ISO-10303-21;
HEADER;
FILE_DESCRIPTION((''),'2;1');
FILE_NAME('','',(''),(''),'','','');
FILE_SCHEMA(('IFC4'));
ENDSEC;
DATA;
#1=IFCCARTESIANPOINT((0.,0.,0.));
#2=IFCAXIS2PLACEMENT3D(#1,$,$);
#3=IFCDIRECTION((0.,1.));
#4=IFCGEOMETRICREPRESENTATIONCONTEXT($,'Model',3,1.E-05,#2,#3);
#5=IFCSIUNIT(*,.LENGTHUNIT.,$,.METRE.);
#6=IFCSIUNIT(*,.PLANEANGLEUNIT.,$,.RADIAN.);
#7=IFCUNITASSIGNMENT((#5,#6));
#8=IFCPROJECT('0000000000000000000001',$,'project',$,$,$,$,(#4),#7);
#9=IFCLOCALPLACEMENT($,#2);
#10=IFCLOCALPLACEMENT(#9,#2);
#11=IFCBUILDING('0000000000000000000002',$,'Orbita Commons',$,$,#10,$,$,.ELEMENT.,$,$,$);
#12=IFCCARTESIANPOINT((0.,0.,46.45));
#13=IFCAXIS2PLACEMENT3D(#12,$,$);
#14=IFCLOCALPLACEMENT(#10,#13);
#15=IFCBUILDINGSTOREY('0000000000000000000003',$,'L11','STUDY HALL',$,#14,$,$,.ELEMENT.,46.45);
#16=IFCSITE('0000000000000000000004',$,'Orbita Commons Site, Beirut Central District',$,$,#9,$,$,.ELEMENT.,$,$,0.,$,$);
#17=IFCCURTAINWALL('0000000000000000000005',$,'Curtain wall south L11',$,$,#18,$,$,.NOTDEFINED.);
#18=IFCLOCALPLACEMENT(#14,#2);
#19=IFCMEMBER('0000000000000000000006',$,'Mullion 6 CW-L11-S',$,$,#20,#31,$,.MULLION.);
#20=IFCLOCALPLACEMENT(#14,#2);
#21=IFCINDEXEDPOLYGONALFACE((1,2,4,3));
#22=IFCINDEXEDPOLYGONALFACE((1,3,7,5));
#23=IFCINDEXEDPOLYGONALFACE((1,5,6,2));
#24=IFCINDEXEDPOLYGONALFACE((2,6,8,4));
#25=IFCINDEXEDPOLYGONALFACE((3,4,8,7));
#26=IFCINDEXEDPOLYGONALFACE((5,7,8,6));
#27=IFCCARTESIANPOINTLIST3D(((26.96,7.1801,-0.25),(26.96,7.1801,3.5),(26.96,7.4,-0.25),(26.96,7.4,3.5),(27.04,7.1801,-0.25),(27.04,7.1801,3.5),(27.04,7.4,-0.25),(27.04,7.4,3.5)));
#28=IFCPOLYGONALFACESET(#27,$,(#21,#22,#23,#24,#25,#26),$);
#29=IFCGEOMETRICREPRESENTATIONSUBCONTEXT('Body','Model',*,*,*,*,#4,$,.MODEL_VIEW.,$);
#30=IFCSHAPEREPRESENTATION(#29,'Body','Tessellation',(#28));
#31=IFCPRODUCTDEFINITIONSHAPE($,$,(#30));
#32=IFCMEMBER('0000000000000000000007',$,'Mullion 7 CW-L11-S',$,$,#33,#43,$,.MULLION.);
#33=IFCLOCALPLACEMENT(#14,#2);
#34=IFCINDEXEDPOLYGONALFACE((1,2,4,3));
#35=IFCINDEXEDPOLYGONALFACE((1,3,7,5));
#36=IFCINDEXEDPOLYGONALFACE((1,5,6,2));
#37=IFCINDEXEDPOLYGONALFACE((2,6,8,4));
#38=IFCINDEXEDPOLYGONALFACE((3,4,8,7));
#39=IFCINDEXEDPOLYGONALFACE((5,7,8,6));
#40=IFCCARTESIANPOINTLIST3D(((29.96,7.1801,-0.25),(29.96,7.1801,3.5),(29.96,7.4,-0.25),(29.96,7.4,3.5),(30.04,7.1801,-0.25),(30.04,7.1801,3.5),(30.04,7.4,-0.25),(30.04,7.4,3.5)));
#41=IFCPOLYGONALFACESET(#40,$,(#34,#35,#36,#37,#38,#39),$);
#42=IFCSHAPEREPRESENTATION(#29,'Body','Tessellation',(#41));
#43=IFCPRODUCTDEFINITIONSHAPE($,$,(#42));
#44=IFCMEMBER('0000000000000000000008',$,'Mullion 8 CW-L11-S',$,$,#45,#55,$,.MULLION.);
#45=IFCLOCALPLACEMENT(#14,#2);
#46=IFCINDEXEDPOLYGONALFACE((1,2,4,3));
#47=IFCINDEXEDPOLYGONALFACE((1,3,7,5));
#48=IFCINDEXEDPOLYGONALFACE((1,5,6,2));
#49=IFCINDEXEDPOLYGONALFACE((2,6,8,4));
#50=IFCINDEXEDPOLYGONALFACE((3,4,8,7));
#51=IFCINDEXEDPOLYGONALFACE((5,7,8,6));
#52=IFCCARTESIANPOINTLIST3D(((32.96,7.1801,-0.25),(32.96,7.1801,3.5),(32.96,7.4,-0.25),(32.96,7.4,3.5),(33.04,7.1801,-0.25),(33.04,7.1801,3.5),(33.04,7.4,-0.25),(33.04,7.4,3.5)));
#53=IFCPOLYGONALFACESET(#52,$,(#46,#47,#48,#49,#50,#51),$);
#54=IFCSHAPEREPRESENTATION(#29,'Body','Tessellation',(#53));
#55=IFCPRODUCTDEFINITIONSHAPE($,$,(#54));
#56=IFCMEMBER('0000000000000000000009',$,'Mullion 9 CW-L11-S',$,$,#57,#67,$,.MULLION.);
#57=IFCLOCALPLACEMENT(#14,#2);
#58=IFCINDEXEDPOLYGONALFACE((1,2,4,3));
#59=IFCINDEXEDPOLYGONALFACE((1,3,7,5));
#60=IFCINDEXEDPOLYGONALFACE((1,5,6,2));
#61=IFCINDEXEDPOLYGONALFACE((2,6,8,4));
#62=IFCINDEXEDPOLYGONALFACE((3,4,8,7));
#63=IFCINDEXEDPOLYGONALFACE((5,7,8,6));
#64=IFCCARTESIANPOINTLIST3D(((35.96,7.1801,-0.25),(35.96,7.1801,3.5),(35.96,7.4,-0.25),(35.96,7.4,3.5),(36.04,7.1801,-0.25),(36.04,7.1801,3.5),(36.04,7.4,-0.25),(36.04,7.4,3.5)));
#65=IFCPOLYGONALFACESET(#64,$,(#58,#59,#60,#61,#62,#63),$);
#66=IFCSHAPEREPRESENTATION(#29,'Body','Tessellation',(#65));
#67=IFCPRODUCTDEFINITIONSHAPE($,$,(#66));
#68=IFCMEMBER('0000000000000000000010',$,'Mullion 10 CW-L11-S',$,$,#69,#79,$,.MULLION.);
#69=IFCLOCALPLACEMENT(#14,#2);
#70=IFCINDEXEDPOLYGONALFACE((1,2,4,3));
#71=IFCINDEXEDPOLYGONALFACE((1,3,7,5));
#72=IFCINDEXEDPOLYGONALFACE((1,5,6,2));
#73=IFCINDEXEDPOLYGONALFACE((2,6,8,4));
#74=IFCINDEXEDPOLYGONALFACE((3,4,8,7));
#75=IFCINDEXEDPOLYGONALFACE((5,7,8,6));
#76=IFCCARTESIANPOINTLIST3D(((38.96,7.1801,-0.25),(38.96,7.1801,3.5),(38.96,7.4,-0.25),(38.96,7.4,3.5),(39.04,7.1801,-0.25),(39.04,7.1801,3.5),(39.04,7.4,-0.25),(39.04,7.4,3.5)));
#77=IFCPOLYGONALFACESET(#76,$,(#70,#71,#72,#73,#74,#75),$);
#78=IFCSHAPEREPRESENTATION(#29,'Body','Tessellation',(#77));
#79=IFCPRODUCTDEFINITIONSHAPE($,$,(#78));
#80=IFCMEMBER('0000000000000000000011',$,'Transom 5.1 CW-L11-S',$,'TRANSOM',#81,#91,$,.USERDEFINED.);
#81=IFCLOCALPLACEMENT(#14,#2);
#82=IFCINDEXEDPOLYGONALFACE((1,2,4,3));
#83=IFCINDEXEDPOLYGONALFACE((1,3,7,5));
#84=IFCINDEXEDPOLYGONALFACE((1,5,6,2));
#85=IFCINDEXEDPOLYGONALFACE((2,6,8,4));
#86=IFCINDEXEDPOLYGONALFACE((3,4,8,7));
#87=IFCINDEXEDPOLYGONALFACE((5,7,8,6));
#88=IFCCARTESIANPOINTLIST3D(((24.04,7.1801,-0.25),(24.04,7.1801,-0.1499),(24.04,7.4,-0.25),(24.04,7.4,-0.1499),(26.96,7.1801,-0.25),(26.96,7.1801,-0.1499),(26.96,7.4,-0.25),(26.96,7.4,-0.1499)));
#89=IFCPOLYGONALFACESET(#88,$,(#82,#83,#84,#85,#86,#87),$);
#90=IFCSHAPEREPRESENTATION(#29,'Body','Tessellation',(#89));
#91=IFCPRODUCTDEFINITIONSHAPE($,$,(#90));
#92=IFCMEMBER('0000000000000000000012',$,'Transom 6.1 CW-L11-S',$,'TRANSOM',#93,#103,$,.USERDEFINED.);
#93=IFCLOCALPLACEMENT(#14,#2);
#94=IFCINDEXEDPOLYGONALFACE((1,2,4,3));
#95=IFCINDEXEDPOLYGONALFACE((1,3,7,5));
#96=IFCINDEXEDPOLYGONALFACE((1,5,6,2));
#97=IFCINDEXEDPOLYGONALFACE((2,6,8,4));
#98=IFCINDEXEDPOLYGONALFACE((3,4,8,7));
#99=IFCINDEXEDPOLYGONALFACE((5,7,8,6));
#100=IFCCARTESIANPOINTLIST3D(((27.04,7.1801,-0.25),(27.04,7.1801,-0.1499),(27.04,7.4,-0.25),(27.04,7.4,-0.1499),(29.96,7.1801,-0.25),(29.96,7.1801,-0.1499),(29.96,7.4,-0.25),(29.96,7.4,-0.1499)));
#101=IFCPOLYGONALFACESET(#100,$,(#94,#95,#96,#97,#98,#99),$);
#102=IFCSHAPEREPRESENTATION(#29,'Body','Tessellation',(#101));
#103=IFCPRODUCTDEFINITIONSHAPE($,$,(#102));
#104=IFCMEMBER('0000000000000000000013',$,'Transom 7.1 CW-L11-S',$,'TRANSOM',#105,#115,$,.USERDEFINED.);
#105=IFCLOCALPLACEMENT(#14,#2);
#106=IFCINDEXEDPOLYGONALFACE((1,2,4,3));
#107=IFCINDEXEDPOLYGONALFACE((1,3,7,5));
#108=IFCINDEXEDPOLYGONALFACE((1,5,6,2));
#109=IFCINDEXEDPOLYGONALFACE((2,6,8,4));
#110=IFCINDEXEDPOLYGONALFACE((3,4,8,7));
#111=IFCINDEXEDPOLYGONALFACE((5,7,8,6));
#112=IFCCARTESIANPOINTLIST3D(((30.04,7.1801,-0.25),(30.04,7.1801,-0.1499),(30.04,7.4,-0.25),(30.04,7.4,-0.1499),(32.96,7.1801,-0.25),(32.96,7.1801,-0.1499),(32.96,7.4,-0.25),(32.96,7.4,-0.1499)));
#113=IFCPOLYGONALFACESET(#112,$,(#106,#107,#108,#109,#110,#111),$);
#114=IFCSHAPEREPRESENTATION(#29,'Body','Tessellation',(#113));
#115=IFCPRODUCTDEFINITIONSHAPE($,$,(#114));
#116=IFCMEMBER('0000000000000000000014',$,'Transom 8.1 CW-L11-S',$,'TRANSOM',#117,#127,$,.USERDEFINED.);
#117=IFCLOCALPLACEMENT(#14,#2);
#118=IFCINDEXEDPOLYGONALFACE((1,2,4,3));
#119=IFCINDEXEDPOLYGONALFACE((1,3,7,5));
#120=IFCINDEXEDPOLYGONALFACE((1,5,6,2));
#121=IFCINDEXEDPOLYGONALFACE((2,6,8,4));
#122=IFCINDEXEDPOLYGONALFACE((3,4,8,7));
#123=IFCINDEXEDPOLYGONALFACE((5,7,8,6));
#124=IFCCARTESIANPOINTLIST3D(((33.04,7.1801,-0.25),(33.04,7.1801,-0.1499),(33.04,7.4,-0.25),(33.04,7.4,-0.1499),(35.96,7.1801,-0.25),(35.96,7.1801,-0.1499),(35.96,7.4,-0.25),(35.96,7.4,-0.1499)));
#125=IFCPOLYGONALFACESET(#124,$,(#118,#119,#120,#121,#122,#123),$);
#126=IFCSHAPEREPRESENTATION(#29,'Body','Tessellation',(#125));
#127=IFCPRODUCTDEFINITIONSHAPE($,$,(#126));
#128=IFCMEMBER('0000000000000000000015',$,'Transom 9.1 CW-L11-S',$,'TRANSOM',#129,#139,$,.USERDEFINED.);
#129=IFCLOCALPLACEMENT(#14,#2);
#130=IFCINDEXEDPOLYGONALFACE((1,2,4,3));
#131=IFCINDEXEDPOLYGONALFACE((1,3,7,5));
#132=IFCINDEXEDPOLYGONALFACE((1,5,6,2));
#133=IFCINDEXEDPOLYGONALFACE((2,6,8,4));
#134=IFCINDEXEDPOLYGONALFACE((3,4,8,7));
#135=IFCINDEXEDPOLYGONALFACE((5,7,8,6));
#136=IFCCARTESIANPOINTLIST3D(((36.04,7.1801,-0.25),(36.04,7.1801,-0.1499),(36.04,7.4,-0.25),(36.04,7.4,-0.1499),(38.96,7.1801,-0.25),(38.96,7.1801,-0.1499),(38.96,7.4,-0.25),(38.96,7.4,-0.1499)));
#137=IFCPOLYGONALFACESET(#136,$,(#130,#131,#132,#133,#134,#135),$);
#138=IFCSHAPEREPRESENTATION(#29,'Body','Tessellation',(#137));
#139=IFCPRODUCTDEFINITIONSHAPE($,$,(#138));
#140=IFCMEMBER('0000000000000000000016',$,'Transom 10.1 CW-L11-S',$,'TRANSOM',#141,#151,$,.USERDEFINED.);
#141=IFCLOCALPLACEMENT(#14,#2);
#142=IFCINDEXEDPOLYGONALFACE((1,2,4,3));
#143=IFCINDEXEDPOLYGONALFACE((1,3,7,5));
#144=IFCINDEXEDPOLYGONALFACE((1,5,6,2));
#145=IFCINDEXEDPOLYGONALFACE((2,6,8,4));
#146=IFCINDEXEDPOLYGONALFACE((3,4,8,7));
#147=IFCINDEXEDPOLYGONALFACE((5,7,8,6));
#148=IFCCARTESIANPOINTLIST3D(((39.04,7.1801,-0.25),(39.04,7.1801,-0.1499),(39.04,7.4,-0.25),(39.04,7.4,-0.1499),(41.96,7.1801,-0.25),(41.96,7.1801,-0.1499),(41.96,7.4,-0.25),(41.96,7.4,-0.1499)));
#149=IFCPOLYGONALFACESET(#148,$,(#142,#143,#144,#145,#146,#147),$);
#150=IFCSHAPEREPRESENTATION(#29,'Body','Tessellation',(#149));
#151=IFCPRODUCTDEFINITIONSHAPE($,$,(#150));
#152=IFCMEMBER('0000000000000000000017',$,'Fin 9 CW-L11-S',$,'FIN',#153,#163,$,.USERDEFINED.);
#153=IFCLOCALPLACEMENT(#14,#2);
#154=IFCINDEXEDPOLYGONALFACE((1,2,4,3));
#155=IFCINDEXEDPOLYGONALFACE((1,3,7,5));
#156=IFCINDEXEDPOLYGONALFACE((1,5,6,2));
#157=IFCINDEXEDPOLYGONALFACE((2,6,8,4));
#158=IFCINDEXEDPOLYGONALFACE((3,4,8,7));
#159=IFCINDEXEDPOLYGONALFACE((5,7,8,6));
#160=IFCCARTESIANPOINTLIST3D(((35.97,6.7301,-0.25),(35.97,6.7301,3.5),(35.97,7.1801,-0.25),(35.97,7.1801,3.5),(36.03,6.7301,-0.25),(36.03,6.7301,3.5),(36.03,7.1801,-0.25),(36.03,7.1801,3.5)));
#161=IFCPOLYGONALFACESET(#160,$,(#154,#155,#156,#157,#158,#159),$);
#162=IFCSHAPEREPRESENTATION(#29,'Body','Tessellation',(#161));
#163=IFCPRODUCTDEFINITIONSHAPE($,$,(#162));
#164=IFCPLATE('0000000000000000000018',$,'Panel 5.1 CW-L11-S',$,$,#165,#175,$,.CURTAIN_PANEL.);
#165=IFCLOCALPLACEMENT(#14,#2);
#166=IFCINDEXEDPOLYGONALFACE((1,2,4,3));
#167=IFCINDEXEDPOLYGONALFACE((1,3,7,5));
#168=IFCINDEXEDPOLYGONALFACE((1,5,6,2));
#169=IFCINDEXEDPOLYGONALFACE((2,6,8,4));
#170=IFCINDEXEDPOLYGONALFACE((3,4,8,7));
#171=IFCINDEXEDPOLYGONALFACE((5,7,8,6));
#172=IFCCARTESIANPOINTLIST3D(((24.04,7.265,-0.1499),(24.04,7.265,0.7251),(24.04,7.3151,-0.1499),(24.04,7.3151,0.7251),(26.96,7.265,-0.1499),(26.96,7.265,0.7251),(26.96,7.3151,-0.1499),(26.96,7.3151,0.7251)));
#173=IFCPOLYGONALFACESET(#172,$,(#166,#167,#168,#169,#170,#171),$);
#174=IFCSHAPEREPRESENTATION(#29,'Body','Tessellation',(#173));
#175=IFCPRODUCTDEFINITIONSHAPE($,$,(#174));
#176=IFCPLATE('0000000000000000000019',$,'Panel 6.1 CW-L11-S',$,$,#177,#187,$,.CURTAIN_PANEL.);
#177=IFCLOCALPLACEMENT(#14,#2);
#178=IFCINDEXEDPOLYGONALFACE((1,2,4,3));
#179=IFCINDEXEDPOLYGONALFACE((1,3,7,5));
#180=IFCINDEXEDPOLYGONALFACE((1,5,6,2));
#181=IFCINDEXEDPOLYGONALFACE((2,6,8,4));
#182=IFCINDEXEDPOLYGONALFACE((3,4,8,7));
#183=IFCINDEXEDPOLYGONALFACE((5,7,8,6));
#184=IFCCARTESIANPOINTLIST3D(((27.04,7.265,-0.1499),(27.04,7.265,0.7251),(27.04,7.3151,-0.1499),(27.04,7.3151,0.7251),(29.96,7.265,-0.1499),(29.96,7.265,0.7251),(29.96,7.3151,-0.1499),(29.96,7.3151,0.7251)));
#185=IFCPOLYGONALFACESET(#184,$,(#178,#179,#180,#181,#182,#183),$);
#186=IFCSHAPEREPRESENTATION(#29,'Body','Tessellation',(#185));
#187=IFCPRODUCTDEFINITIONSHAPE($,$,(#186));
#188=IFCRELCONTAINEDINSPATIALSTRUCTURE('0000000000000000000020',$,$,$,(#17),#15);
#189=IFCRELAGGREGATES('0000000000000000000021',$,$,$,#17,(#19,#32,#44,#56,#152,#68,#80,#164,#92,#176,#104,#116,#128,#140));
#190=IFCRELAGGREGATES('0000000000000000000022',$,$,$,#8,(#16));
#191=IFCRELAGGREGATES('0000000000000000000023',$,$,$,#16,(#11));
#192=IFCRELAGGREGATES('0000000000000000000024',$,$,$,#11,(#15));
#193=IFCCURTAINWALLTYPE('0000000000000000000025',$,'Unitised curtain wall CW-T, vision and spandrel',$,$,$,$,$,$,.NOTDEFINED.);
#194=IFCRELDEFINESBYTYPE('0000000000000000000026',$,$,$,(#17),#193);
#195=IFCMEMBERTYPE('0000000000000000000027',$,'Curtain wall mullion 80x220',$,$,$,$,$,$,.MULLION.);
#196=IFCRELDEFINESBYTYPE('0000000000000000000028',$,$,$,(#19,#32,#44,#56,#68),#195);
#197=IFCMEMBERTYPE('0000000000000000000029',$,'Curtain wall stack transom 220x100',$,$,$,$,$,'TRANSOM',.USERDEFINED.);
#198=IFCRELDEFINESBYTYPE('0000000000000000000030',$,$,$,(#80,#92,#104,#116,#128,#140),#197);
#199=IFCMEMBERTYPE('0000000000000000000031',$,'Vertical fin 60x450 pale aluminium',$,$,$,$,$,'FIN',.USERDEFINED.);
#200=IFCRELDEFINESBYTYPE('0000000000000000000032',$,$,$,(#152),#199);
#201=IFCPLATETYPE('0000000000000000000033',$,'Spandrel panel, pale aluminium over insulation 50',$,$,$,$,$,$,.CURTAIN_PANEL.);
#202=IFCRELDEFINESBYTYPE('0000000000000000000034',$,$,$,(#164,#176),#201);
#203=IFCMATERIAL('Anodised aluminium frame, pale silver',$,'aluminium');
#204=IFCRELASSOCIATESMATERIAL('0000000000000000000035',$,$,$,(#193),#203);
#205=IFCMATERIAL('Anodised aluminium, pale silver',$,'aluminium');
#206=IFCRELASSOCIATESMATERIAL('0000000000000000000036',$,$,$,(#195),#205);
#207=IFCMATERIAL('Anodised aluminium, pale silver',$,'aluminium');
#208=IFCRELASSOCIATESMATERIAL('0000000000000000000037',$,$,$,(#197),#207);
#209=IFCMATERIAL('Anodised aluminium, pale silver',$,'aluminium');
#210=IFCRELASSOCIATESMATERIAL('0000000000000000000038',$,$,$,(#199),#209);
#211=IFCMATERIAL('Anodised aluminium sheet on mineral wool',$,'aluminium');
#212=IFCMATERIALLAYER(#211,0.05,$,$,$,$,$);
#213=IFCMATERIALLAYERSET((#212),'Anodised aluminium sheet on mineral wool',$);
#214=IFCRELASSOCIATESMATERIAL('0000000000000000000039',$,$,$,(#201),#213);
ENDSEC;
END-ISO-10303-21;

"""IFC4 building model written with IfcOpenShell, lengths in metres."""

from ifc_helpers import new_model, si_unit, direction, frame, origin, origin_2d, place, context, subcontext, project, spatial, rectangle, extrude, material, layer, layer_set, material_profile, profile_set, type_object, element, aggregate, save


model = new_model("IFC4")

# Units and contexts
model_context = context("Model", 3, precision=1e-05, world=origin(), true_north=direction((0.0, 1.0)))
body_context = subcontext(model_context, "Body", "Model", "MODEL_VIEW")
ifc_project = project(units=[si_unit("LENGTHUNIT", "METRE"), si_unit("PLANEANGLEUNIT", "RADIAN")], contexts=[model_context])

# Site, building, storey
site_placement = place(None, origin())
site = spatial("IfcSite", under=ifc_project, at=site_placement, Name="Orbita Commons Site, Beirut Central District", CompositionType="ELEMENT", RefElevation=0.0)
building_placement = place(site_placement, origin())
building = spatial("IfcBuilding", under=site, at=building_placement, Name="Orbita Commons", CompositionType="ELEMENT")
storey_placement = place(building_placement, frame((0.0, 0.0, 46.45)))
storey = spatial("IfcBuildingStorey", under=building, at=storey_placement, Name="L11", Description="STUDY HALL", CompositionType="ELEMENT", Elevation=46.45)

# Curtain wall, members, plates
ifc_material_1 = material(Name="Anodised aluminium frame, pale silver", Category="aluminium")
curtain_wall_type = type_object("IfcCurtainWallType", Name="Unitised curtain wall CW-T, vision and spandrel", PredefinedType="NOTDEFINED", material=ifc_material_1)
curtain_wall_placement = place(storey_placement, origin())
curtain_wall = element("IfcCurtainWall", 1, at=curtain_wall_placement, inside=storey, type_object=curtain_wall_type, Name="Curtain wall south L11", PredefinedType="NOTDEFINED")
ifc_material_2 = material(Name="Anodised aluminium, pale silver", Category="aluminium")
ifc_material_profile_1 = material_profile(ifc_material_2, rectangle(XDim=0.0801, YDim=0.22, at=origin_2d()), Name="AL 80x220")
ifc_profile_set_1 = profile_set([ifc_material_profile_1], Name="Anodised aluminium, pale silver")
member_type_1 = type_object("IfcMemberType", Name="Curtain wall mullion 80x220", PredefinedType="MULLION", material=ifc_profile_set_1)
member_1_placement = place(storey_placement, frame((27.0, 7.29, -0.25), z_axis=(0.0, 0.0, 1.0), x_axis=(1.0, 0.0, 0.0)))
member_1 = element("IfcMember", 2, at=member_1_placement, type_object=member_type_1, Name="Mullion 6 CW-L11-S", PredefinedType="MULLION", context=body_context, shape_type="SweptSolid", body=[
    extrude(rectangle(XDim=0.0801, YDim=0.22, at=origin_2d()), origin(), (0.0, 0.0, 1.0), 3.75),
])
member_2_placement = place(storey_placement, frame((30.0, 7.29, -0.25), z_axis=(0.0, 0.0, 1.0), x_axis=(1.0, 0.0, 0.0)))
member_2 = element("IfcMember", 3, at=member_2_placement, type_object=member_type_1, Name="Mullion 7 CW-L11-S", PredefinedType="MULLION", context=body_context, shape_type="SweptSolid", body=[
    extrude(rectangle(XDim=0.0801, YDim=0.22, at=origin_2d()), origin(), (0.0, 0.0, 1.0), 3.75),
])
member_3_placement = place(storey_placement, frame((33.0, 7.29, -0.25), z_axis=(0.0, 0.0, 1.0), x_axis=(1.0, 0.0, 0.0)))
member_3 = element("IfcMember", 4, at=member_3_placement, type_object=member_type_1, Name="Mullion 8 CW-L11-S", PredefinedType="MULLION", context=body_context, shape_type="SweptSolid", body=[
    extrude(rectangle(XDim=0.0801, YDim=0.22, at=origin_2d()), origin(), (0.0, 0.0, 1.0), 3.75),
])
member_4_placement = place(storey_placement, frame((36.0, 7.29, -0.25), z_axis=(0.0, 0.0, 1.0), x_axis=(1.0, 0.0, 0.0)))
member_4 = element("IfcMember", 5, at=member_4_placement, type_object=member_type_1, Name="Mullion 9 CW-L11-S", PredefinedType="MULLION", context=body_context, shape_type="SweptSolid", body=[
    extrude(rectangle(XDim=0.0801, YDim=0.22, at=origin_2d()), origin(), (0.0, 0.0, 1.0), 3.75),
])
member_5_placement = place(storey_placement, frame((39.0, 7.29, -0.25), z_axis=(0.0, 0.0, 1.0), x_axis=(1.0, 0.0, 0.0)))
member_5 = element("IfcMember", 6, at=member_5_placement, type_object=member_type_1, Name="Mullion 10 CW-L11-S", PredefinedType="MULLION", context=body_context, shape_type="SweptSolid", body=[
    extrude(rectangle(XDim=0.0801, YDim=0.22, at=origin_2d()), origin(), (0.0, 0.0, 1.0), 3.75),
])
ifc_material_3 = material(Name="Anodised aluminium, pale silver", Category="aluminium")
ifc_material_profile_2 = material_profile(ifc_material_3, rectangle(XDim=0.22, YDim=0.1001, at=origin_2d()), Name="AL 220x100")
ifc_profile_set_2 = profile_set([ifc_material_profile_2], Name="Anodised aluminium, pale silver")
member_type_2 = type_object("IfcMemberType", Name="Curtain wall stack transom 220x100", ElementType="TRANSOM", PredefinedType="USERDEFINED", material=ifc_profile_set_2)
member_6_placement = place(storey_placement, frame((24.04, 7.29, -0.2), z_axis=(1.0, 0.0, 0.0), x_axis=(0.0, 1.0, 0.0)))
member_6 = element("IfcMember", 7, at=member_6_placement, type_object=member_type_2, Name="Transom 5.1 CW-L11-S", ObjectType="TRANSOM", PredefinedType="USERDEFINED", context=body_context, shape_type="SweptSolid", body=[
    extrude(rectangle(XDim=0.22, YDim=0.1001, at=origin_2d()), origin(), (0.0, 0.0, 1.0), 2.9199),
])
member_7_placement = place(storey_placement, frame((27.04, 7.29, -0.2), z_axis=(1.0, 0.0, 0.0), x_axis=(0.0, 1.0, 0.0)))
member_7 = element("IfcMember", 8, at=member_7_placement, type_object=member_type_2, Name="Transom 6.1 CW-L11-S", ObjectType="TRANSOM", PredefinedType="USERDEFINED", context=body_context, shape_type="SweptSolid", body=[
    extrude(rectangle(XDim=0.22, YDim=0.1001, at=origin_2d()), origin(), (0.0, 0.0, 1.0), 2.9199),
])
member_8_placement = place(storey_placement, frame((30.04, 7.29, -0.2), z_axis=(1.0, 0.0, 0.0), x_axis=(0.0, 1.0, 0.0)))
member_8 = element("IfcMember", 9, at=member_8_placement, type_object=member_type_2, Name="Transom 7.1 CW-L11-S", ObjectType="TRANSOM", PredefinedType="USERDEFINED", context=body_context, shape_type="SweptSolid", body=[
    extrude(rectangle(XDim=0.22, YDim=0.1001, at=origin_2d()), origin(), (0.0, 0.0, 1.0), 2.9199),
])
member_9_placement = place(storey_placement, frame((33.04, 7.29, -0.2), z_axis=(1.0, 0.0, 0.0), x_axis=(0.0, 1.0, 0.0)))
member_9 = element("IfcMember", 10, at=member_9_placement, type_object=member_type_2, Name="Transom 8.1 CW-L11-S", ObjectType="TRANSOM", PredefinedType="USERDEFINED", context=body_context, shape_type="SweptSolid", body=[
    extrude(rectangle(XDim=0.22, YDim=0.1001, at=origin_2d()), origin(), (0.0, 0.0, 1.0), 2.9199),
])
member_10_placement = place(storey_placement, frame((36.04, 7.29, -0.2), z_axis=(1.0, 0.0, 0.0), x_axis=(0.0, 1.0, 0.0)))
member_10 = element("IfcMember", 11, at=member_10_placement, type_object=member_type_2, Name="Transom 9.1 CW-L11-S", ObjectType="TRANSOM", PredefinedType="USERDEFINED", context=body_context, shape_type="SweptSolid", body=[
    extrude(rectangle(XDim=0.22, YDim=0.1001, at=origin_2d()), origin(), (0.0, 0.0, 1.0), 2.9199),
])
member_11_placement = place(storey_placement, frame((39.04, 7.29, -0.2), z_axis=(1.0, 0.0, 0.0), x_axis=(0.0, 1.0, 0.0)))
member_11 = element("IfcMember", 12, at=member_11_placement, type_object=member_type_2, Name="Transom 10.1 CW-L11-S", ObjectType="TRANSOM", PredefinedType="USERDEFINED", context=body_context, shape_type="SweptSolid", body=[
    extrude(rectangle(XDim=0.22, YDim=0.1001, at=origin_2d()), origin(), (0.0, 0.0, 1.0), 2.9199),
])
ifc_material_4 = material(Name="Anodised aluminium, pale silver", Category="aluminium")
ifc_material_profile_3 = material_profile(ifc_material_4, rectangle(XDim=0.0601, YDim=0.45, at=origin_2d()), Name="FIN 60x450")
ifc_profile_set_3 = profile_set([ifc_material_profile_3], Name="Anodised aluminium, pale silver")
member_type_3 = type_object("IfcMemberType", Name="Vertical fin 60x450 pale aluminium", ElementType="FIN", PredefinedType="USERDEFINED", material=ifc_profile_set_3)
member_12_placement = place(storey_placement, frame((36.0, 6.9551, -0.25), z_axis=(0.0, 0.0, 1.0), x_axis=(1.0, 0.0, 0.0)))
member_12 = element("IfcMember", 13, at=member_12_placement, type_object=member_type_3, Name="Fin 9 CW-L11-S", ObjectType="FIN", PredefinedType="USERDEFINED", context=body_context, shape_type="SweptSolid", body=[
    extrude(rectangle(XDim=0.0601, YDim=0.45, at=origin_2d()), origin(), (0.0, 0.0, 1.0), 3.75),
])
ifc_material_5 = material(Name="Anodised aluminium sheet on mineral wool", Category="aluminium")
ifc_layer_1 = layer(ifc_material_5, 0.05)
ifc_layer_set_1 = layer_set([ifc_layer_1], Name="Anodised aluminium sheet on mineral wool")
plate_type_1 = type_object("IfcPlateType", Name="Spandrel panel, pale aluminium over insulation 50", PredefinedType="CURTAIN_PANEL", material=ifc_layer_set_1)
plate_1_placement = place(storey_placement, frame((25.5, 7.29, -0.1499), z_axis=(0.0, 0.0, 1.0), x_axis=(1.0, 0.0, 0.0)))
plate_1 = element("IfcPlate", 14, at=plate_1_placement, type_object=plate_type_1, Name="Panel 5.1 CW-L11-S", PredefinedType="CURTAIN_PANEL", context=body_context, shape_type="SweptSolid", body=[
    extrude(rectangle(XDim=2.9199, YDim=0.05, at=origin_2d()), origin(), (0.0, 0.0, 1.0), 0.875),
])
plate_2_placement = place(storey_placement, frame((28.5, 7.29, -0.1499), z_axis=(0.0, 0.0, 1.0), x_axis=(1.0, 0.0, 0.0)))
plate_2 = element("IfcPlate", 15, at=plate_2_placement, type_object=plate_type_1, Name="Panel 6.1 CW-L11-S", PredefinedType="CURTAIN_PANEL", context=body_context, shape_type="SweptSolid", body=[
    extrude(rectangle(XDim=2.9199, YDim=0.05, at=origin_2d()), origin(), (0.0, 0.0, 1.0), 0.875),
])
aggregate(curtain_wall, [member_1, member_2, member_3, member_4, member_12, member_5, member_6, plate_1, member_7, plate_2, member_8, member_9, member_10, member_11])

save(model, "model.ifc")
